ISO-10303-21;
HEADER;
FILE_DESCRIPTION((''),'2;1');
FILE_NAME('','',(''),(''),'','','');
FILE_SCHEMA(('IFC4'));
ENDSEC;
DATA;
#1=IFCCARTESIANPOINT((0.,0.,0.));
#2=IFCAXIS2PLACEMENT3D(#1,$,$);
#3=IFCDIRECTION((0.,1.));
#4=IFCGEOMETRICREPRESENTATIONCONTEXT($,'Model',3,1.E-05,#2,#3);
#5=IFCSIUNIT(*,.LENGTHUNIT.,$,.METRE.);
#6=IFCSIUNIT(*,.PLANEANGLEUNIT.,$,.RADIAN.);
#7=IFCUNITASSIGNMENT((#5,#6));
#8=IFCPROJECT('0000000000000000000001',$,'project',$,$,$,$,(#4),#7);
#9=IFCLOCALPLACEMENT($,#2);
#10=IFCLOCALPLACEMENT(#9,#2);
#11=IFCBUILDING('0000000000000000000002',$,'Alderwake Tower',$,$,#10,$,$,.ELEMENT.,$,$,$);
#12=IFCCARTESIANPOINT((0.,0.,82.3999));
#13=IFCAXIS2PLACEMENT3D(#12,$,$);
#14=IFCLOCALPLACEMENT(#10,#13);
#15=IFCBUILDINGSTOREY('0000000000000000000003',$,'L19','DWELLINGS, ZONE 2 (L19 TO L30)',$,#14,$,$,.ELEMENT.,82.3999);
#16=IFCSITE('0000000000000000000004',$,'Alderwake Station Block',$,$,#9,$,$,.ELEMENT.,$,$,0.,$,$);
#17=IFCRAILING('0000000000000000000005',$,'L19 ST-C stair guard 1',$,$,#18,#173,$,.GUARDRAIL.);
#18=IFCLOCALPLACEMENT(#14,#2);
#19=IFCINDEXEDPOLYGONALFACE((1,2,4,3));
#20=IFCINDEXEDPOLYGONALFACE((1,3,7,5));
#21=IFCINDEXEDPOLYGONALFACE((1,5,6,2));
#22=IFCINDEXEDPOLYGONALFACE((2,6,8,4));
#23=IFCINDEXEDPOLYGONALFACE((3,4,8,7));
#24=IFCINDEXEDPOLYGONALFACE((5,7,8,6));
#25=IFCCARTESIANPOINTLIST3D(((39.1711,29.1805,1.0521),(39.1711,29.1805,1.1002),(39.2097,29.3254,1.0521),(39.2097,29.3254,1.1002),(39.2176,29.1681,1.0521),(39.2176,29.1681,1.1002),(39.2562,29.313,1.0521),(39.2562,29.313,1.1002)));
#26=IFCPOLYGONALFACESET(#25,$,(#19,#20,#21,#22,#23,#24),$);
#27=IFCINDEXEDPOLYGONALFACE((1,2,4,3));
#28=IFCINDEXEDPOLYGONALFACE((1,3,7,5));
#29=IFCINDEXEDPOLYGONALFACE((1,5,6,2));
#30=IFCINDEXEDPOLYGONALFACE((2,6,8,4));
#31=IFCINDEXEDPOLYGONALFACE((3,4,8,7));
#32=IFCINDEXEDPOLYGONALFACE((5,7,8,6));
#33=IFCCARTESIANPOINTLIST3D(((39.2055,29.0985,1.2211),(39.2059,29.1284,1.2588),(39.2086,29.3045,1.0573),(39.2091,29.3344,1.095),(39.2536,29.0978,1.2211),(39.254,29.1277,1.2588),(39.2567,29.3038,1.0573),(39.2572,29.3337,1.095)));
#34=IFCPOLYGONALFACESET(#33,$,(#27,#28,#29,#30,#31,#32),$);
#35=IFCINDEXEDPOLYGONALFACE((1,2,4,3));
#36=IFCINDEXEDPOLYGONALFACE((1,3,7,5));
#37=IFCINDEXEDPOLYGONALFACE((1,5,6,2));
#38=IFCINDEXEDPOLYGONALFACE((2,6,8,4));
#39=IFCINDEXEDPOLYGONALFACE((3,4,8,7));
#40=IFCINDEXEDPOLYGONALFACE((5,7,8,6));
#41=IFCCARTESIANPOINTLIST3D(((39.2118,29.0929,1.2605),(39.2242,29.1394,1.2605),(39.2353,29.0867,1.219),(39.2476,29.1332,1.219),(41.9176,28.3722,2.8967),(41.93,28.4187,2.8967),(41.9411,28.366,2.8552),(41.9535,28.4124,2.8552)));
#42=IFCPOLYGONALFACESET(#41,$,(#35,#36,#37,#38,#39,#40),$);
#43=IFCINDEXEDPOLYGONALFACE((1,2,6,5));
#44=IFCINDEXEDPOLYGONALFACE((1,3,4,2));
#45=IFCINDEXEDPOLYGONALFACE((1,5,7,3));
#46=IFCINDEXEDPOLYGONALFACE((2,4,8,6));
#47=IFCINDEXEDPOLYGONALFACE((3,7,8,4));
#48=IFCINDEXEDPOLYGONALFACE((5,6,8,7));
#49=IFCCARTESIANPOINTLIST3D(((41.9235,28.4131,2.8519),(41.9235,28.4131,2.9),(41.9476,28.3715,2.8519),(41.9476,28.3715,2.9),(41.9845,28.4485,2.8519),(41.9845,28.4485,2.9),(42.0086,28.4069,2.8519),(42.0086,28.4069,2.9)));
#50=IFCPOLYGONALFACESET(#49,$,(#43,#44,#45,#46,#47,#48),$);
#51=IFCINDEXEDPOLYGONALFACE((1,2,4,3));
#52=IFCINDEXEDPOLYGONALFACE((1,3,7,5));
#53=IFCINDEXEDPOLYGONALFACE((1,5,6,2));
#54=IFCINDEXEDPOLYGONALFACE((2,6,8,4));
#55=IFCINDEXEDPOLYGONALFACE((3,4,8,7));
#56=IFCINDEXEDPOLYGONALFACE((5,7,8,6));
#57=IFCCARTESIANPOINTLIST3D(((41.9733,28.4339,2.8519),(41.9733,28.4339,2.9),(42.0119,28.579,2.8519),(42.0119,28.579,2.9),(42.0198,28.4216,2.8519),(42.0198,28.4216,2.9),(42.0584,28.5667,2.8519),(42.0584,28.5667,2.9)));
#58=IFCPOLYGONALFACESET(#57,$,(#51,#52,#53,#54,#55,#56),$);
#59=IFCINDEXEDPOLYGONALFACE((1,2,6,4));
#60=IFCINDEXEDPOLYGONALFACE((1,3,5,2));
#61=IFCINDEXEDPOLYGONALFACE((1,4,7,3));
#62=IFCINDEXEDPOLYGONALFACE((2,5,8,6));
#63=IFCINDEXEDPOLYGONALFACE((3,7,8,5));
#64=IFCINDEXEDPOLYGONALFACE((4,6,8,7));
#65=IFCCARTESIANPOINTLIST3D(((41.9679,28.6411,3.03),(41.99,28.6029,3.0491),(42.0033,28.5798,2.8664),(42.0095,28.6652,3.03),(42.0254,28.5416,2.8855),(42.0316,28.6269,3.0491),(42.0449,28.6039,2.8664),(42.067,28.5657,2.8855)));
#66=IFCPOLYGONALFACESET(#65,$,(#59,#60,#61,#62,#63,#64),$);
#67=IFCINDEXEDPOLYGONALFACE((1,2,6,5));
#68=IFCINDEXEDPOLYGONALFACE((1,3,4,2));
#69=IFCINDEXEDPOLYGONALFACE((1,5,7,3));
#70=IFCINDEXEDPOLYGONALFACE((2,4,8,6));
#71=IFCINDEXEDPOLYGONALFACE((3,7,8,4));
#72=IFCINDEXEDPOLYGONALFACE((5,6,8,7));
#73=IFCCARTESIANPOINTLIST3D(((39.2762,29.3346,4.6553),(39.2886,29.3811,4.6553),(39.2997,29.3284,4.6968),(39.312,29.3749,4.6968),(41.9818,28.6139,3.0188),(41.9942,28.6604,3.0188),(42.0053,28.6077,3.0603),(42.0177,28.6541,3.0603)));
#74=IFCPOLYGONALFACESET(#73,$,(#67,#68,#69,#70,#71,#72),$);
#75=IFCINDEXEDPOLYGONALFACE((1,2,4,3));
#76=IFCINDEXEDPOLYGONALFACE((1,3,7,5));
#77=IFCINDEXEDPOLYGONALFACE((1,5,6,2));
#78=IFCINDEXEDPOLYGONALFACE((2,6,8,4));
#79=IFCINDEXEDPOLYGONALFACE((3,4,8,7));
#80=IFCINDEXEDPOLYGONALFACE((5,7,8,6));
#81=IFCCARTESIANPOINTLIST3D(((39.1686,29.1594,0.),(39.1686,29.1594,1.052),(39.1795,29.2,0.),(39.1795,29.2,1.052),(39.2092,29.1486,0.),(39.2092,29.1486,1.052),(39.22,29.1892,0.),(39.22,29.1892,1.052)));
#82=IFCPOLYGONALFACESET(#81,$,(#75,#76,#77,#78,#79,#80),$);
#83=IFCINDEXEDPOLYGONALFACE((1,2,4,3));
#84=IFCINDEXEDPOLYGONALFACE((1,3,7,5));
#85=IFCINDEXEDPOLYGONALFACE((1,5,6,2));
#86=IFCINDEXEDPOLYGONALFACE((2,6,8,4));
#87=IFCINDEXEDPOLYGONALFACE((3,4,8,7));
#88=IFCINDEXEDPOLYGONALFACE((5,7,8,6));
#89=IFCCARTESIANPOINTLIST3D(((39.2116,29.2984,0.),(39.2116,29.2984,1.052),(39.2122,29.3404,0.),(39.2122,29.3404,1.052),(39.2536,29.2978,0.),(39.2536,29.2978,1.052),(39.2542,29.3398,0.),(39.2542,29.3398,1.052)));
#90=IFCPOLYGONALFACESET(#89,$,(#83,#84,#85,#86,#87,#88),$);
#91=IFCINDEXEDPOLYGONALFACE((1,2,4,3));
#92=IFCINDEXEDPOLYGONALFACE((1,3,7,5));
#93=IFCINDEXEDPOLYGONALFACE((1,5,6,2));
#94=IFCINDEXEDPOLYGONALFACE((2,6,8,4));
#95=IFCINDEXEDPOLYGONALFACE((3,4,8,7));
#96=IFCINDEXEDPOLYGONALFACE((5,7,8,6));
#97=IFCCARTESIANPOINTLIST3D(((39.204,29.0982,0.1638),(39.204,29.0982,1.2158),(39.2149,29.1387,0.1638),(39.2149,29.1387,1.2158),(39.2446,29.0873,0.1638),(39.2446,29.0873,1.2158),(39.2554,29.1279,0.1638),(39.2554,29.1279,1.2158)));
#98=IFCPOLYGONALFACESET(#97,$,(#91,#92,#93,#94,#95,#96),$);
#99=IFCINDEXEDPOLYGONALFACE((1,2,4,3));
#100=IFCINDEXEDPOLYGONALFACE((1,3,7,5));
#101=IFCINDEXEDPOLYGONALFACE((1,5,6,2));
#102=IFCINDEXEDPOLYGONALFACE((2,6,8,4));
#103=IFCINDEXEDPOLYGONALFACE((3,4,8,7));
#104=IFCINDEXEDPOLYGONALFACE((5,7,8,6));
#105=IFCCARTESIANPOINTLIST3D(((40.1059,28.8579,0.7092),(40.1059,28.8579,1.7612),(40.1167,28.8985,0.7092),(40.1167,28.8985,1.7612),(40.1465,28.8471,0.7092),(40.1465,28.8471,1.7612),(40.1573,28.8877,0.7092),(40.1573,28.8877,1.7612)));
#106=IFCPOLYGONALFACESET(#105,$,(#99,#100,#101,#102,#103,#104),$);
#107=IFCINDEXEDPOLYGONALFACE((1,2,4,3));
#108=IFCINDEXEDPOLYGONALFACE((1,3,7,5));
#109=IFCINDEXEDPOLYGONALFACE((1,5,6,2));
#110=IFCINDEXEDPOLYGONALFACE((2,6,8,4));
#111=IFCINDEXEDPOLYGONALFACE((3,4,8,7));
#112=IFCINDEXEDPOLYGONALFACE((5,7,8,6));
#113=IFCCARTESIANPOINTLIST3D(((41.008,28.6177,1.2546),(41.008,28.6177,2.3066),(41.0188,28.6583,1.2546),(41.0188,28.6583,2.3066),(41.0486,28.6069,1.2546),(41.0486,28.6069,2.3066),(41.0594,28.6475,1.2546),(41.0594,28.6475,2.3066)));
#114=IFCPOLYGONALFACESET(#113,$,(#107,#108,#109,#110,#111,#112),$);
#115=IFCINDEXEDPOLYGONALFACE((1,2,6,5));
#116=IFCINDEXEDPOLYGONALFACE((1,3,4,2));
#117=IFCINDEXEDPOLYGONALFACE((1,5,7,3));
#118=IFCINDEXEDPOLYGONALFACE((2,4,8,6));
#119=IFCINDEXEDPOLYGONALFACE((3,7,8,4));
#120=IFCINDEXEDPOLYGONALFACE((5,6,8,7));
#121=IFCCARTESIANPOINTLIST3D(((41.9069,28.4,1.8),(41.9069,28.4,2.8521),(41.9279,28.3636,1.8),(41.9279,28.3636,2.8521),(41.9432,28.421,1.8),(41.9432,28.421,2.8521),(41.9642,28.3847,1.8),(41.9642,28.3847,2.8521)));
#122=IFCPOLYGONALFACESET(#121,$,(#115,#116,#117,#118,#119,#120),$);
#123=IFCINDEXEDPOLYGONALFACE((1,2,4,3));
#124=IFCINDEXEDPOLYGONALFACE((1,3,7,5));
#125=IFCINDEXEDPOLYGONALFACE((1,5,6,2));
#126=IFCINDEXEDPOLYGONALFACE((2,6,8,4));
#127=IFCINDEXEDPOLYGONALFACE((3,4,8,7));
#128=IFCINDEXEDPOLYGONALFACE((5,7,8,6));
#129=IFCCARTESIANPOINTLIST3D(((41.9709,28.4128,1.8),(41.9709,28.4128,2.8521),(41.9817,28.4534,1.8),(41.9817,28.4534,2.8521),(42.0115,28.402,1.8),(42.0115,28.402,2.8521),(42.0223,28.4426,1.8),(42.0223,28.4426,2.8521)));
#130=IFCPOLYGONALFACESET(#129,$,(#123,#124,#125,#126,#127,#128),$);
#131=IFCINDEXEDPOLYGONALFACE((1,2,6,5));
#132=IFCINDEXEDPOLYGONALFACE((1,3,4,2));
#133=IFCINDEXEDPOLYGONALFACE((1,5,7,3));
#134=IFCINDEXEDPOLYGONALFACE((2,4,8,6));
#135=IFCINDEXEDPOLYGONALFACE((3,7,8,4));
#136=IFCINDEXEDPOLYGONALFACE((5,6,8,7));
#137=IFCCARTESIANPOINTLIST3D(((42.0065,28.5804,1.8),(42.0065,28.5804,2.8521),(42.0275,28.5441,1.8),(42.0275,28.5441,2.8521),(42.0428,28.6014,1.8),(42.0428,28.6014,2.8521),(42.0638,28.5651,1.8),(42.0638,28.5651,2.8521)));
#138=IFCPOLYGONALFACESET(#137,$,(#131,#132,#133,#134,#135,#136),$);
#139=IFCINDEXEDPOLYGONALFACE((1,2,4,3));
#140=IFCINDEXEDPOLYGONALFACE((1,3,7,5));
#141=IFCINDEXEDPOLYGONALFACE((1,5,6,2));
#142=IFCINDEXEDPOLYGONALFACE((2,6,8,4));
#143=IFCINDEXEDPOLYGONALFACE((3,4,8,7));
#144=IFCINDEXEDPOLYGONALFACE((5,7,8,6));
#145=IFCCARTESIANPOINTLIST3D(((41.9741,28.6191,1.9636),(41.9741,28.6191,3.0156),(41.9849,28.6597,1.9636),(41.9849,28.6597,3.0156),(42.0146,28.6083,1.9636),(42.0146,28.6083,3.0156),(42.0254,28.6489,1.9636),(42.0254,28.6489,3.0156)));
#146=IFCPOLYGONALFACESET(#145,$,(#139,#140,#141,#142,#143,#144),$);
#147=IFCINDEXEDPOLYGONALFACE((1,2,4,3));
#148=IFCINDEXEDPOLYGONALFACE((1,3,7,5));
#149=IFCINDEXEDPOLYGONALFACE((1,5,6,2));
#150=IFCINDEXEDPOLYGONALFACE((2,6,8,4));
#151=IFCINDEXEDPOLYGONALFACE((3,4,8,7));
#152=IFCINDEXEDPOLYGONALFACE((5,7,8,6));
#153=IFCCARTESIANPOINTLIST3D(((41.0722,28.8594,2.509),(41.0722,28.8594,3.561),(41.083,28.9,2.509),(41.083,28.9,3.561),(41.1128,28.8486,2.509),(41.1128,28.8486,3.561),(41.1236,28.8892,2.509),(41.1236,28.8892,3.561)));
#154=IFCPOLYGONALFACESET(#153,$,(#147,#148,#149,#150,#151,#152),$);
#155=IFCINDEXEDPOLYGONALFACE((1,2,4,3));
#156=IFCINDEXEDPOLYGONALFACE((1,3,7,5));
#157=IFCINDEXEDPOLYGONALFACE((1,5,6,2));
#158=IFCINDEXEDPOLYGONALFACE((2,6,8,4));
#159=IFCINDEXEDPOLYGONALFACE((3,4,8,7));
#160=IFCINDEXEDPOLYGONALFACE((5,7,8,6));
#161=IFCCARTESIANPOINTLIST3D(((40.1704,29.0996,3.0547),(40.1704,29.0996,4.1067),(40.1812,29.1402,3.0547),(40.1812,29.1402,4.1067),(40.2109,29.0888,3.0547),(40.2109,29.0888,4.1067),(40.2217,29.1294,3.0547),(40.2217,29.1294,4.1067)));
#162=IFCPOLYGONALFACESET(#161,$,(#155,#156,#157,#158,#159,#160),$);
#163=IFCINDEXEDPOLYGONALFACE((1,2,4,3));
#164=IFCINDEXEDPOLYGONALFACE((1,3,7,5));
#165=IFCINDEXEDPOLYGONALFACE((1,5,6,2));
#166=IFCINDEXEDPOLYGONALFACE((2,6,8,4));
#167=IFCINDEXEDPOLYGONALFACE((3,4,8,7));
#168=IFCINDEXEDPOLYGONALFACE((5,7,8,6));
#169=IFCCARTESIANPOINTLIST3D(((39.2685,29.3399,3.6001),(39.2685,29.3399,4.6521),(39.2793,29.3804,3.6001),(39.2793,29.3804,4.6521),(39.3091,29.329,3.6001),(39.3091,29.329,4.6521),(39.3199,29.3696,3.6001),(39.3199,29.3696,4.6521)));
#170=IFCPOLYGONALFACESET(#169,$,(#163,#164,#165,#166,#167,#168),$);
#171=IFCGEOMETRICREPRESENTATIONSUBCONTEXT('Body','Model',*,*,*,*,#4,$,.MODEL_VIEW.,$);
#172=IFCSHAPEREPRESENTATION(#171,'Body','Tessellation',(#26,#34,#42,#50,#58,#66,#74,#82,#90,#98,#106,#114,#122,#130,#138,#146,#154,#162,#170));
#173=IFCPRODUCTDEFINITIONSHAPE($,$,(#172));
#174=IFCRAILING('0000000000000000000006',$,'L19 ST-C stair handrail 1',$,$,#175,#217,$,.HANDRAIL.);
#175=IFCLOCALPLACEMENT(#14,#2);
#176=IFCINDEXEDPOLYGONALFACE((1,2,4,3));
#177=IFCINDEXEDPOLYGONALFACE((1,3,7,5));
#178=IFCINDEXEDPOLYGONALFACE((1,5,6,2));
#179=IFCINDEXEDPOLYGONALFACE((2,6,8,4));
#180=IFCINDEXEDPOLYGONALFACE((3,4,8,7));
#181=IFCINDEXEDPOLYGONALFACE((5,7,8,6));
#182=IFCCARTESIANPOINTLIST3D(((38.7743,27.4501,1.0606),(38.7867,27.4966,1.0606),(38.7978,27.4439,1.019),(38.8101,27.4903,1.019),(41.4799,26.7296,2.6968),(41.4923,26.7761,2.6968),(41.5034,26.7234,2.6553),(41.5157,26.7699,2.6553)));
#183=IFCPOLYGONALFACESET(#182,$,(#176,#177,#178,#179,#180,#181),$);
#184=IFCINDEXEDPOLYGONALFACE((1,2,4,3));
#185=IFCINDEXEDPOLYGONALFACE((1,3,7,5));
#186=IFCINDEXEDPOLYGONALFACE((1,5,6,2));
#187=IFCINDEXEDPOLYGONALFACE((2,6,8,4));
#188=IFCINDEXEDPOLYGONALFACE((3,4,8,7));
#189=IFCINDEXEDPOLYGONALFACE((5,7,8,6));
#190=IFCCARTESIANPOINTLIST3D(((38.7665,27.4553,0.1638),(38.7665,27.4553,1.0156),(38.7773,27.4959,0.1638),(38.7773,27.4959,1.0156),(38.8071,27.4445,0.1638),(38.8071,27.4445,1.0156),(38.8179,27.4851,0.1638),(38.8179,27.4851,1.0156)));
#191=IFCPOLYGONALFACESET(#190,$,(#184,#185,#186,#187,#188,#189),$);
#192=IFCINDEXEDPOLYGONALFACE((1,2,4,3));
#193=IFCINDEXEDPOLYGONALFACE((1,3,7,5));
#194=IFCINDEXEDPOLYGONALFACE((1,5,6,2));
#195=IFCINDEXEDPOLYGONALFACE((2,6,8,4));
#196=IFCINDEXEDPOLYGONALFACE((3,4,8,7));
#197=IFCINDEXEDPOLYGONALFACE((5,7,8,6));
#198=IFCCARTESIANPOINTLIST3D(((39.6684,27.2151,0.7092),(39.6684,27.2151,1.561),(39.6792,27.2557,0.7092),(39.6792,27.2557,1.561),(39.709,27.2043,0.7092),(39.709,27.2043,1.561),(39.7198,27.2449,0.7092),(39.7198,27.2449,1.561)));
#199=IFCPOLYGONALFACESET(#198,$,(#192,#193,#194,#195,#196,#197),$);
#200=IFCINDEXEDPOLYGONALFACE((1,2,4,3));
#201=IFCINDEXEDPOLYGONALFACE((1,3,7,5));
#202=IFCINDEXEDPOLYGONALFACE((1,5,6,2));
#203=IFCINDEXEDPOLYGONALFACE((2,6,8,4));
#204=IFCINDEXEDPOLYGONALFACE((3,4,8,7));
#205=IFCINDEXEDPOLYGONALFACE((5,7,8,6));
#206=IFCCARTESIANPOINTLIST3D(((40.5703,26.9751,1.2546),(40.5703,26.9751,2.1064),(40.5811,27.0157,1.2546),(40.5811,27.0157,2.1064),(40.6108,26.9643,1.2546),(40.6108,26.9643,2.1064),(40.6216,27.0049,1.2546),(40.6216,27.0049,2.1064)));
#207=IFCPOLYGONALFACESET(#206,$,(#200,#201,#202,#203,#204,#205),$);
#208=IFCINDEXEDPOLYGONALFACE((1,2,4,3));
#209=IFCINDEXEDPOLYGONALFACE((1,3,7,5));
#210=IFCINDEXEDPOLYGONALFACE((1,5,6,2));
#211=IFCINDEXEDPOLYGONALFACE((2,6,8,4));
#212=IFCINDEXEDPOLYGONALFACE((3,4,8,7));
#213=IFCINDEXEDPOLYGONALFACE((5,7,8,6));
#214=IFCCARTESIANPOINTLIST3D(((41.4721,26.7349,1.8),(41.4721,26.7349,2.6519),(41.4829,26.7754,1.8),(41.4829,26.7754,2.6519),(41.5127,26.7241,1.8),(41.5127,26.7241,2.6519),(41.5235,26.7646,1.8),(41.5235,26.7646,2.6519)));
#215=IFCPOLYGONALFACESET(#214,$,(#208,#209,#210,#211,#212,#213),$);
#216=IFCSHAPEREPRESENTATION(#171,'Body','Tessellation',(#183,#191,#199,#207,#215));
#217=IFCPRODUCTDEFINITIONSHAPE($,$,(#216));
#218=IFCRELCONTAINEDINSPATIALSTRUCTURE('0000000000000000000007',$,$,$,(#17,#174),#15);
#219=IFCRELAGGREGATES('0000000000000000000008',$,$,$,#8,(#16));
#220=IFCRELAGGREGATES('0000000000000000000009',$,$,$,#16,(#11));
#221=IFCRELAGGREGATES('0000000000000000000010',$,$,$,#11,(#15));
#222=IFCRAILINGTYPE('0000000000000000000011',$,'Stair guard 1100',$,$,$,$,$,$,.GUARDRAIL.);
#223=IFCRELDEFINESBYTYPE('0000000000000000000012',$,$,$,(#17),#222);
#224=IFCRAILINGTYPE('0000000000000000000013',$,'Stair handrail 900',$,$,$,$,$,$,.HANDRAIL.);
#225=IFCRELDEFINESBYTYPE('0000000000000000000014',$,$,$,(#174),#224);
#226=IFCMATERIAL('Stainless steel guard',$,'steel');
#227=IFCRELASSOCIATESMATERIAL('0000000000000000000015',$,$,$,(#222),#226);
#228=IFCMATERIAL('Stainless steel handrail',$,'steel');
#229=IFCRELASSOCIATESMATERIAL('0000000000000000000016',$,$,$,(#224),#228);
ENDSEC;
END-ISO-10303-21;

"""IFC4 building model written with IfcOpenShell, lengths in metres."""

from ifc_helpers import new_model, si_unit, direction, frame, origin, origin_2d, place, context, subcontext, project, spatial, rectangle, extrude, material, type_object, element, save


model = new_model("IFC4")

# Units and contexts
model_context = context("Model", 3, precision=1e-05, world=origin(), true_north=direction((0.0, 1.0)))
body_context = subcontext(model_context, "Body", "Model", "MODEL_VIEW")
ifc_project = project(units=[si_unit("LENGTHUNIT", "METRE"), si_unit("PLANEANGLEUNIT", "RADIAN")], contexts=[model_context])

# Site, building, storey
site_placement = place(None, origin())
site = spatial("IfcSite", under=ifc_project, at=site_placement, Name="Alderwake Station Block", CompositionType="ELEMENT", RefElevation=0.0)
building_placement = place(site_placement, origin())
building = spatial("IfcBuilding", under=site, at=building_placement, Name="Alderwake Tower", CompositionType="ELEMENT")
storey_placement = place(building_placement, frame((0.0, 0.0, 82.3999)))
storey = spatial("IfcBuildingStorey", under=building, at=storey_placement, Name="L19", Description="DWELLINGS, ZONE 2 (L19 TO L30)", CompositionType="ELEMENT", Elevation=82.3999)

# Railings
ifc_material_1 = material(Name="Stainless steel guard", Category="steel")
railing_type_1 = type_object("IfcRailingType", Name="Stair guard 1100", PredefinedType="GUARDRAIL", material=ifc_material_1)
railing_1_placement = place(storey_placement, frame((39.1943, 29.1743, 0.0)))
element("IfcRailing", 1, at=railing_1_placement, inside=storey, type_object=railing_type_1, Name="L19 ST-C stair guard 1", PredefinedType="GUARDRAIL", context=body_context, shape_type="SweptSolid", body=[
    extrude(rectangle(XDim=0.0481, YDim=0.0481, at=origin_2d()), frame((0.0, 0.0, 1.0762), z_axis=(0.25746, 0.966289, 0.0), x_axis=(-0.966289, 0.25746, 0.0)), (0.0, 0.0, 1.0), 0.1499),
    extrude(rectangle(XDim=0.0481, YDim=0.0481, at=origin_2d()), frame((0.0386, 0.1448, 1.0762), z_axis=(-0.012056, -0.782708, 0.622272), x_axis=(0.999881, -0.015401, 0.0)), (0.0, 0.0, 1.0), 0.2632),
    extrude(rectangle(XDim=0.0481, YDim=0.0481, at=origin_2d()), frame((0.0354, -0.0613, 1.2397), z_axis=(0.834314, -0.222223, 0.504518), x_axis=(0.25738, 0.96631, 0.0)), (0.0, 0.0, 1.0), 3.2432),
    extrude(rectangle(XDim=0.0481, YDim=0.0481, at=origin_2d()), frame((2.7412, -0.782, 2.876), z_axis=(0.865031, 0.501718, 0.0), x_axis=(-0.501718, 0.865031, 0.0)), (0.0, 0.0, 1.0), 0.0706),
    extrude(rectangle(XDim=0.0481, YDim=0.0481, at=origin_2d()), frame((2.8022, -0.7466, 2.876), z_axis=(0.257055, 0.966397, 0.0), x_axis=(-0.966397, 0.257055, 0.0)), (0.0, 0.0, 1.0), 0.1501),
    extrude(rectangle(XDim=0.0481, YDim=0.0481, at=origin_2d()), frame((2.8408, -0.6016, 2.876), z_axis=(-0.198625, 0.343827, 0.917786), x_axis=(-0.865898, -0.50022, 0.0)), (0.0, 0.0, 1.0), 0.1782),
    extrude(rectangle(XDim=0.0481, YDim=0.0481, at=origin_2d()), frame((2.8054, -0.5403, 3.0396), z_axis=(-0.834259, 0.222228, 0.504605), x_axis=(-0.257402, -0.966304, 0.0)), (0.0, 0.0, 1.0), 3.2432),
    extrude(rectangle(XDim=0.042, YDim=0.042, at=origin_2d()), frame((0.0, 0.0, 0.0), z_axis=(0.0, 0.0, 1.0), x_axis=(0.25746, 0.966289, 0.0)), (0.0, 0.0, 1.0), 1.052),
    extrude(rectangle(XDim=0.042, YDim=0.042, at=origin_2d()), frame((0.0386, 0.1448, 0.0), z_axis=(0.0, 0.0, 1.0), x_axis=(-0.015401, -0.999881, 0.0)), (0.0, 0.0, 1.0), 1.052),
    extrude(rectangle(XDim=0.042, YDim=0.042, at=origin_2d()), frame((0.0354, -0.0613, 0.1638), z_axis=(0.0, 0.0, 1.0), x_axis=(0.96631, -0.25738, 0.0)), (0.0, 0.0, 1.0), 1.052),
    extrude(rectangle(XDim=0.042, YDim=0.042, at=origin_2d()), frame((0.9373, -0.3015, 0.7092), z_axis=(0.0, 0.0, 1.0), x_axis=(0.96631, -0.25738, 0.0)), (0.0, 0.0, 1.0), 1.052),
    extrude(rectangle(XDim=0.042, YDim=0.042, at=origin_2d()), frame((1.8394, -0.5417, 1.2546), z_axis=(0.0, 0.0, 1.0), x_axis=(0.96631, -0.25738, 0.0)), (0.0, 0.0, 1.0), 1.052),
    extrude(rectangle(XDim=0.042, YDim=0.042, at=origin_2d()), frame((2.7412, -0.782, 1.8), z_axis=(0.0, 0.0, 1.0), x_axis=(0.865031, 0.501718, 0.0)), (0.0, 0.0, 1.0), 1.052),
    extrude(rectangle(XDim=0.042, YDim=0.042, at=origin_2d()), frame((2.8022, -0.7466, 1.8), z_axis=(0.0, 0.0, 1.0), x_axis=(0.257055, 0.966397, 0.0)), (0.0, 0.0, 1.0), 1.052),
    extrude(rectangle(XDim=0.042, YDim=0.042, at=origin_2d()), frame((2.8408, -0.6016, 1.8), z_axis=(0.0, 0.0, 1.0), x_axis=(-0.50022, 0.865898, 0.0)), (0.0, 0.0, 1.0), 1.052),
    extrude(rectangle(XDim=0.042, YDim=0.042, at=origin_2d()), frame((2.8054, -0.5403, 1.9636), z_axis=(0.0, 0.0, 1.0), x_axis=(-0.966304, 0.257402, 0.0)), (0.0, 0.0, 1.0), 1.052),
    extrude(rectangle(XDim=0.042, YDim=0.042, at=origin_2d()), frame((1.9036, -0.3, 2.509), z_axis=(0.0, 0.0, 1.0), x_axis=(-0.966304, 0.257402, 0.0)), (0.0, 0.0, 1.0), 1.052),
    extrude(rectangle(XDim=0.042, YDim=0.042, at=origin_2d()), frame((1.0017, -0.0598, 3.0547), z_axis=(0.0, 0.0, 1.0), x_axis=(-0.966304, 0.257402, 0.0)), (0.0, 0.0, 1.0), 1.052),
    extrude(rectangle(XDim=0.042, YDim=0.042, at=origin_2d()), frame((0.0999, 0.1804, 3.6001), z_axis=(0.0, 0.0, 1.0), x_axis=(-0.966304, 0.257402, 0.0)), (0.0, 0.0, 1.0), 1.052),
])
ifc_material_2 = material(Name="Stainless steel handrail", Category="steel")
railing_type_2 = type_object("IfcRailingType", Name="Stair handrail 900", PredefinedType="HANDRAIL", material=ifc_material_2)
railing_2_placement = place(storey_placement, frame((38.7922, 27.4702, 0.1638)))
element("IfcRailing", 2, at=railing_2_placement, inside=storey, type_object=railing_type_2, Name="L19 ST-C stair handrail 1", PredefinedType="HANDRAIL", context=body_context, shape_type="SweptSolid", body=[
    extrude(rectangle(XDim=0.0481, YDim=0.0481, at=origin_2d()), frame((0.0, 0.0, 0.876), z_axis=(0.834305, -0.222165, 0.504558), x_axis=(0.257321, 0.966326, 0.0)), (0.0, 0.0, 1.0), 3.2429),
    extrude(rectangle(XDim=0.042, YDim=0.042, at=origin_2d()), frame((0.0, 0.0, 0.0), z_axis=(0.0, 0.0, 1.0), x_axis=(0.966326, -0.257321, 0.0)), (0.0, 0.0, 1.0), 0.8518),
    extrude(rectangle(XDim=0.042, YDim=0.042, at=origin_2d()), frame((0.9019, -0.2402, 0.5454), z_axis=(0.0, 0.0, 1.0), x_axis=(0.966326, -0.257321, 0.0)), (0.0, 0.0, 1.0), 0.8518),
    extrude(rectangle(XDim=0.042, YDim=0.042, at=origin_2d()), frame((1.8037, -0.4802, 1.0908), z_axis=(0.0, 0.0, 1.0), x_axis=(0.966326, -0.257321, 0.0)), (0.0, 0.0, 1.0), 0.8518),
    extrude(rectangle(XDim=0.042, YDim=0.042, at=origin_2d()), frame((2.7056, -0.7205, 1.6362), z_axis=(0.0, 0.0, 1.0), x_axis=(0.966326, -0.257321, 0.0)), (0.0, 0.0, 1.0), 0.8518),
])

save(model, "model.ifc")
